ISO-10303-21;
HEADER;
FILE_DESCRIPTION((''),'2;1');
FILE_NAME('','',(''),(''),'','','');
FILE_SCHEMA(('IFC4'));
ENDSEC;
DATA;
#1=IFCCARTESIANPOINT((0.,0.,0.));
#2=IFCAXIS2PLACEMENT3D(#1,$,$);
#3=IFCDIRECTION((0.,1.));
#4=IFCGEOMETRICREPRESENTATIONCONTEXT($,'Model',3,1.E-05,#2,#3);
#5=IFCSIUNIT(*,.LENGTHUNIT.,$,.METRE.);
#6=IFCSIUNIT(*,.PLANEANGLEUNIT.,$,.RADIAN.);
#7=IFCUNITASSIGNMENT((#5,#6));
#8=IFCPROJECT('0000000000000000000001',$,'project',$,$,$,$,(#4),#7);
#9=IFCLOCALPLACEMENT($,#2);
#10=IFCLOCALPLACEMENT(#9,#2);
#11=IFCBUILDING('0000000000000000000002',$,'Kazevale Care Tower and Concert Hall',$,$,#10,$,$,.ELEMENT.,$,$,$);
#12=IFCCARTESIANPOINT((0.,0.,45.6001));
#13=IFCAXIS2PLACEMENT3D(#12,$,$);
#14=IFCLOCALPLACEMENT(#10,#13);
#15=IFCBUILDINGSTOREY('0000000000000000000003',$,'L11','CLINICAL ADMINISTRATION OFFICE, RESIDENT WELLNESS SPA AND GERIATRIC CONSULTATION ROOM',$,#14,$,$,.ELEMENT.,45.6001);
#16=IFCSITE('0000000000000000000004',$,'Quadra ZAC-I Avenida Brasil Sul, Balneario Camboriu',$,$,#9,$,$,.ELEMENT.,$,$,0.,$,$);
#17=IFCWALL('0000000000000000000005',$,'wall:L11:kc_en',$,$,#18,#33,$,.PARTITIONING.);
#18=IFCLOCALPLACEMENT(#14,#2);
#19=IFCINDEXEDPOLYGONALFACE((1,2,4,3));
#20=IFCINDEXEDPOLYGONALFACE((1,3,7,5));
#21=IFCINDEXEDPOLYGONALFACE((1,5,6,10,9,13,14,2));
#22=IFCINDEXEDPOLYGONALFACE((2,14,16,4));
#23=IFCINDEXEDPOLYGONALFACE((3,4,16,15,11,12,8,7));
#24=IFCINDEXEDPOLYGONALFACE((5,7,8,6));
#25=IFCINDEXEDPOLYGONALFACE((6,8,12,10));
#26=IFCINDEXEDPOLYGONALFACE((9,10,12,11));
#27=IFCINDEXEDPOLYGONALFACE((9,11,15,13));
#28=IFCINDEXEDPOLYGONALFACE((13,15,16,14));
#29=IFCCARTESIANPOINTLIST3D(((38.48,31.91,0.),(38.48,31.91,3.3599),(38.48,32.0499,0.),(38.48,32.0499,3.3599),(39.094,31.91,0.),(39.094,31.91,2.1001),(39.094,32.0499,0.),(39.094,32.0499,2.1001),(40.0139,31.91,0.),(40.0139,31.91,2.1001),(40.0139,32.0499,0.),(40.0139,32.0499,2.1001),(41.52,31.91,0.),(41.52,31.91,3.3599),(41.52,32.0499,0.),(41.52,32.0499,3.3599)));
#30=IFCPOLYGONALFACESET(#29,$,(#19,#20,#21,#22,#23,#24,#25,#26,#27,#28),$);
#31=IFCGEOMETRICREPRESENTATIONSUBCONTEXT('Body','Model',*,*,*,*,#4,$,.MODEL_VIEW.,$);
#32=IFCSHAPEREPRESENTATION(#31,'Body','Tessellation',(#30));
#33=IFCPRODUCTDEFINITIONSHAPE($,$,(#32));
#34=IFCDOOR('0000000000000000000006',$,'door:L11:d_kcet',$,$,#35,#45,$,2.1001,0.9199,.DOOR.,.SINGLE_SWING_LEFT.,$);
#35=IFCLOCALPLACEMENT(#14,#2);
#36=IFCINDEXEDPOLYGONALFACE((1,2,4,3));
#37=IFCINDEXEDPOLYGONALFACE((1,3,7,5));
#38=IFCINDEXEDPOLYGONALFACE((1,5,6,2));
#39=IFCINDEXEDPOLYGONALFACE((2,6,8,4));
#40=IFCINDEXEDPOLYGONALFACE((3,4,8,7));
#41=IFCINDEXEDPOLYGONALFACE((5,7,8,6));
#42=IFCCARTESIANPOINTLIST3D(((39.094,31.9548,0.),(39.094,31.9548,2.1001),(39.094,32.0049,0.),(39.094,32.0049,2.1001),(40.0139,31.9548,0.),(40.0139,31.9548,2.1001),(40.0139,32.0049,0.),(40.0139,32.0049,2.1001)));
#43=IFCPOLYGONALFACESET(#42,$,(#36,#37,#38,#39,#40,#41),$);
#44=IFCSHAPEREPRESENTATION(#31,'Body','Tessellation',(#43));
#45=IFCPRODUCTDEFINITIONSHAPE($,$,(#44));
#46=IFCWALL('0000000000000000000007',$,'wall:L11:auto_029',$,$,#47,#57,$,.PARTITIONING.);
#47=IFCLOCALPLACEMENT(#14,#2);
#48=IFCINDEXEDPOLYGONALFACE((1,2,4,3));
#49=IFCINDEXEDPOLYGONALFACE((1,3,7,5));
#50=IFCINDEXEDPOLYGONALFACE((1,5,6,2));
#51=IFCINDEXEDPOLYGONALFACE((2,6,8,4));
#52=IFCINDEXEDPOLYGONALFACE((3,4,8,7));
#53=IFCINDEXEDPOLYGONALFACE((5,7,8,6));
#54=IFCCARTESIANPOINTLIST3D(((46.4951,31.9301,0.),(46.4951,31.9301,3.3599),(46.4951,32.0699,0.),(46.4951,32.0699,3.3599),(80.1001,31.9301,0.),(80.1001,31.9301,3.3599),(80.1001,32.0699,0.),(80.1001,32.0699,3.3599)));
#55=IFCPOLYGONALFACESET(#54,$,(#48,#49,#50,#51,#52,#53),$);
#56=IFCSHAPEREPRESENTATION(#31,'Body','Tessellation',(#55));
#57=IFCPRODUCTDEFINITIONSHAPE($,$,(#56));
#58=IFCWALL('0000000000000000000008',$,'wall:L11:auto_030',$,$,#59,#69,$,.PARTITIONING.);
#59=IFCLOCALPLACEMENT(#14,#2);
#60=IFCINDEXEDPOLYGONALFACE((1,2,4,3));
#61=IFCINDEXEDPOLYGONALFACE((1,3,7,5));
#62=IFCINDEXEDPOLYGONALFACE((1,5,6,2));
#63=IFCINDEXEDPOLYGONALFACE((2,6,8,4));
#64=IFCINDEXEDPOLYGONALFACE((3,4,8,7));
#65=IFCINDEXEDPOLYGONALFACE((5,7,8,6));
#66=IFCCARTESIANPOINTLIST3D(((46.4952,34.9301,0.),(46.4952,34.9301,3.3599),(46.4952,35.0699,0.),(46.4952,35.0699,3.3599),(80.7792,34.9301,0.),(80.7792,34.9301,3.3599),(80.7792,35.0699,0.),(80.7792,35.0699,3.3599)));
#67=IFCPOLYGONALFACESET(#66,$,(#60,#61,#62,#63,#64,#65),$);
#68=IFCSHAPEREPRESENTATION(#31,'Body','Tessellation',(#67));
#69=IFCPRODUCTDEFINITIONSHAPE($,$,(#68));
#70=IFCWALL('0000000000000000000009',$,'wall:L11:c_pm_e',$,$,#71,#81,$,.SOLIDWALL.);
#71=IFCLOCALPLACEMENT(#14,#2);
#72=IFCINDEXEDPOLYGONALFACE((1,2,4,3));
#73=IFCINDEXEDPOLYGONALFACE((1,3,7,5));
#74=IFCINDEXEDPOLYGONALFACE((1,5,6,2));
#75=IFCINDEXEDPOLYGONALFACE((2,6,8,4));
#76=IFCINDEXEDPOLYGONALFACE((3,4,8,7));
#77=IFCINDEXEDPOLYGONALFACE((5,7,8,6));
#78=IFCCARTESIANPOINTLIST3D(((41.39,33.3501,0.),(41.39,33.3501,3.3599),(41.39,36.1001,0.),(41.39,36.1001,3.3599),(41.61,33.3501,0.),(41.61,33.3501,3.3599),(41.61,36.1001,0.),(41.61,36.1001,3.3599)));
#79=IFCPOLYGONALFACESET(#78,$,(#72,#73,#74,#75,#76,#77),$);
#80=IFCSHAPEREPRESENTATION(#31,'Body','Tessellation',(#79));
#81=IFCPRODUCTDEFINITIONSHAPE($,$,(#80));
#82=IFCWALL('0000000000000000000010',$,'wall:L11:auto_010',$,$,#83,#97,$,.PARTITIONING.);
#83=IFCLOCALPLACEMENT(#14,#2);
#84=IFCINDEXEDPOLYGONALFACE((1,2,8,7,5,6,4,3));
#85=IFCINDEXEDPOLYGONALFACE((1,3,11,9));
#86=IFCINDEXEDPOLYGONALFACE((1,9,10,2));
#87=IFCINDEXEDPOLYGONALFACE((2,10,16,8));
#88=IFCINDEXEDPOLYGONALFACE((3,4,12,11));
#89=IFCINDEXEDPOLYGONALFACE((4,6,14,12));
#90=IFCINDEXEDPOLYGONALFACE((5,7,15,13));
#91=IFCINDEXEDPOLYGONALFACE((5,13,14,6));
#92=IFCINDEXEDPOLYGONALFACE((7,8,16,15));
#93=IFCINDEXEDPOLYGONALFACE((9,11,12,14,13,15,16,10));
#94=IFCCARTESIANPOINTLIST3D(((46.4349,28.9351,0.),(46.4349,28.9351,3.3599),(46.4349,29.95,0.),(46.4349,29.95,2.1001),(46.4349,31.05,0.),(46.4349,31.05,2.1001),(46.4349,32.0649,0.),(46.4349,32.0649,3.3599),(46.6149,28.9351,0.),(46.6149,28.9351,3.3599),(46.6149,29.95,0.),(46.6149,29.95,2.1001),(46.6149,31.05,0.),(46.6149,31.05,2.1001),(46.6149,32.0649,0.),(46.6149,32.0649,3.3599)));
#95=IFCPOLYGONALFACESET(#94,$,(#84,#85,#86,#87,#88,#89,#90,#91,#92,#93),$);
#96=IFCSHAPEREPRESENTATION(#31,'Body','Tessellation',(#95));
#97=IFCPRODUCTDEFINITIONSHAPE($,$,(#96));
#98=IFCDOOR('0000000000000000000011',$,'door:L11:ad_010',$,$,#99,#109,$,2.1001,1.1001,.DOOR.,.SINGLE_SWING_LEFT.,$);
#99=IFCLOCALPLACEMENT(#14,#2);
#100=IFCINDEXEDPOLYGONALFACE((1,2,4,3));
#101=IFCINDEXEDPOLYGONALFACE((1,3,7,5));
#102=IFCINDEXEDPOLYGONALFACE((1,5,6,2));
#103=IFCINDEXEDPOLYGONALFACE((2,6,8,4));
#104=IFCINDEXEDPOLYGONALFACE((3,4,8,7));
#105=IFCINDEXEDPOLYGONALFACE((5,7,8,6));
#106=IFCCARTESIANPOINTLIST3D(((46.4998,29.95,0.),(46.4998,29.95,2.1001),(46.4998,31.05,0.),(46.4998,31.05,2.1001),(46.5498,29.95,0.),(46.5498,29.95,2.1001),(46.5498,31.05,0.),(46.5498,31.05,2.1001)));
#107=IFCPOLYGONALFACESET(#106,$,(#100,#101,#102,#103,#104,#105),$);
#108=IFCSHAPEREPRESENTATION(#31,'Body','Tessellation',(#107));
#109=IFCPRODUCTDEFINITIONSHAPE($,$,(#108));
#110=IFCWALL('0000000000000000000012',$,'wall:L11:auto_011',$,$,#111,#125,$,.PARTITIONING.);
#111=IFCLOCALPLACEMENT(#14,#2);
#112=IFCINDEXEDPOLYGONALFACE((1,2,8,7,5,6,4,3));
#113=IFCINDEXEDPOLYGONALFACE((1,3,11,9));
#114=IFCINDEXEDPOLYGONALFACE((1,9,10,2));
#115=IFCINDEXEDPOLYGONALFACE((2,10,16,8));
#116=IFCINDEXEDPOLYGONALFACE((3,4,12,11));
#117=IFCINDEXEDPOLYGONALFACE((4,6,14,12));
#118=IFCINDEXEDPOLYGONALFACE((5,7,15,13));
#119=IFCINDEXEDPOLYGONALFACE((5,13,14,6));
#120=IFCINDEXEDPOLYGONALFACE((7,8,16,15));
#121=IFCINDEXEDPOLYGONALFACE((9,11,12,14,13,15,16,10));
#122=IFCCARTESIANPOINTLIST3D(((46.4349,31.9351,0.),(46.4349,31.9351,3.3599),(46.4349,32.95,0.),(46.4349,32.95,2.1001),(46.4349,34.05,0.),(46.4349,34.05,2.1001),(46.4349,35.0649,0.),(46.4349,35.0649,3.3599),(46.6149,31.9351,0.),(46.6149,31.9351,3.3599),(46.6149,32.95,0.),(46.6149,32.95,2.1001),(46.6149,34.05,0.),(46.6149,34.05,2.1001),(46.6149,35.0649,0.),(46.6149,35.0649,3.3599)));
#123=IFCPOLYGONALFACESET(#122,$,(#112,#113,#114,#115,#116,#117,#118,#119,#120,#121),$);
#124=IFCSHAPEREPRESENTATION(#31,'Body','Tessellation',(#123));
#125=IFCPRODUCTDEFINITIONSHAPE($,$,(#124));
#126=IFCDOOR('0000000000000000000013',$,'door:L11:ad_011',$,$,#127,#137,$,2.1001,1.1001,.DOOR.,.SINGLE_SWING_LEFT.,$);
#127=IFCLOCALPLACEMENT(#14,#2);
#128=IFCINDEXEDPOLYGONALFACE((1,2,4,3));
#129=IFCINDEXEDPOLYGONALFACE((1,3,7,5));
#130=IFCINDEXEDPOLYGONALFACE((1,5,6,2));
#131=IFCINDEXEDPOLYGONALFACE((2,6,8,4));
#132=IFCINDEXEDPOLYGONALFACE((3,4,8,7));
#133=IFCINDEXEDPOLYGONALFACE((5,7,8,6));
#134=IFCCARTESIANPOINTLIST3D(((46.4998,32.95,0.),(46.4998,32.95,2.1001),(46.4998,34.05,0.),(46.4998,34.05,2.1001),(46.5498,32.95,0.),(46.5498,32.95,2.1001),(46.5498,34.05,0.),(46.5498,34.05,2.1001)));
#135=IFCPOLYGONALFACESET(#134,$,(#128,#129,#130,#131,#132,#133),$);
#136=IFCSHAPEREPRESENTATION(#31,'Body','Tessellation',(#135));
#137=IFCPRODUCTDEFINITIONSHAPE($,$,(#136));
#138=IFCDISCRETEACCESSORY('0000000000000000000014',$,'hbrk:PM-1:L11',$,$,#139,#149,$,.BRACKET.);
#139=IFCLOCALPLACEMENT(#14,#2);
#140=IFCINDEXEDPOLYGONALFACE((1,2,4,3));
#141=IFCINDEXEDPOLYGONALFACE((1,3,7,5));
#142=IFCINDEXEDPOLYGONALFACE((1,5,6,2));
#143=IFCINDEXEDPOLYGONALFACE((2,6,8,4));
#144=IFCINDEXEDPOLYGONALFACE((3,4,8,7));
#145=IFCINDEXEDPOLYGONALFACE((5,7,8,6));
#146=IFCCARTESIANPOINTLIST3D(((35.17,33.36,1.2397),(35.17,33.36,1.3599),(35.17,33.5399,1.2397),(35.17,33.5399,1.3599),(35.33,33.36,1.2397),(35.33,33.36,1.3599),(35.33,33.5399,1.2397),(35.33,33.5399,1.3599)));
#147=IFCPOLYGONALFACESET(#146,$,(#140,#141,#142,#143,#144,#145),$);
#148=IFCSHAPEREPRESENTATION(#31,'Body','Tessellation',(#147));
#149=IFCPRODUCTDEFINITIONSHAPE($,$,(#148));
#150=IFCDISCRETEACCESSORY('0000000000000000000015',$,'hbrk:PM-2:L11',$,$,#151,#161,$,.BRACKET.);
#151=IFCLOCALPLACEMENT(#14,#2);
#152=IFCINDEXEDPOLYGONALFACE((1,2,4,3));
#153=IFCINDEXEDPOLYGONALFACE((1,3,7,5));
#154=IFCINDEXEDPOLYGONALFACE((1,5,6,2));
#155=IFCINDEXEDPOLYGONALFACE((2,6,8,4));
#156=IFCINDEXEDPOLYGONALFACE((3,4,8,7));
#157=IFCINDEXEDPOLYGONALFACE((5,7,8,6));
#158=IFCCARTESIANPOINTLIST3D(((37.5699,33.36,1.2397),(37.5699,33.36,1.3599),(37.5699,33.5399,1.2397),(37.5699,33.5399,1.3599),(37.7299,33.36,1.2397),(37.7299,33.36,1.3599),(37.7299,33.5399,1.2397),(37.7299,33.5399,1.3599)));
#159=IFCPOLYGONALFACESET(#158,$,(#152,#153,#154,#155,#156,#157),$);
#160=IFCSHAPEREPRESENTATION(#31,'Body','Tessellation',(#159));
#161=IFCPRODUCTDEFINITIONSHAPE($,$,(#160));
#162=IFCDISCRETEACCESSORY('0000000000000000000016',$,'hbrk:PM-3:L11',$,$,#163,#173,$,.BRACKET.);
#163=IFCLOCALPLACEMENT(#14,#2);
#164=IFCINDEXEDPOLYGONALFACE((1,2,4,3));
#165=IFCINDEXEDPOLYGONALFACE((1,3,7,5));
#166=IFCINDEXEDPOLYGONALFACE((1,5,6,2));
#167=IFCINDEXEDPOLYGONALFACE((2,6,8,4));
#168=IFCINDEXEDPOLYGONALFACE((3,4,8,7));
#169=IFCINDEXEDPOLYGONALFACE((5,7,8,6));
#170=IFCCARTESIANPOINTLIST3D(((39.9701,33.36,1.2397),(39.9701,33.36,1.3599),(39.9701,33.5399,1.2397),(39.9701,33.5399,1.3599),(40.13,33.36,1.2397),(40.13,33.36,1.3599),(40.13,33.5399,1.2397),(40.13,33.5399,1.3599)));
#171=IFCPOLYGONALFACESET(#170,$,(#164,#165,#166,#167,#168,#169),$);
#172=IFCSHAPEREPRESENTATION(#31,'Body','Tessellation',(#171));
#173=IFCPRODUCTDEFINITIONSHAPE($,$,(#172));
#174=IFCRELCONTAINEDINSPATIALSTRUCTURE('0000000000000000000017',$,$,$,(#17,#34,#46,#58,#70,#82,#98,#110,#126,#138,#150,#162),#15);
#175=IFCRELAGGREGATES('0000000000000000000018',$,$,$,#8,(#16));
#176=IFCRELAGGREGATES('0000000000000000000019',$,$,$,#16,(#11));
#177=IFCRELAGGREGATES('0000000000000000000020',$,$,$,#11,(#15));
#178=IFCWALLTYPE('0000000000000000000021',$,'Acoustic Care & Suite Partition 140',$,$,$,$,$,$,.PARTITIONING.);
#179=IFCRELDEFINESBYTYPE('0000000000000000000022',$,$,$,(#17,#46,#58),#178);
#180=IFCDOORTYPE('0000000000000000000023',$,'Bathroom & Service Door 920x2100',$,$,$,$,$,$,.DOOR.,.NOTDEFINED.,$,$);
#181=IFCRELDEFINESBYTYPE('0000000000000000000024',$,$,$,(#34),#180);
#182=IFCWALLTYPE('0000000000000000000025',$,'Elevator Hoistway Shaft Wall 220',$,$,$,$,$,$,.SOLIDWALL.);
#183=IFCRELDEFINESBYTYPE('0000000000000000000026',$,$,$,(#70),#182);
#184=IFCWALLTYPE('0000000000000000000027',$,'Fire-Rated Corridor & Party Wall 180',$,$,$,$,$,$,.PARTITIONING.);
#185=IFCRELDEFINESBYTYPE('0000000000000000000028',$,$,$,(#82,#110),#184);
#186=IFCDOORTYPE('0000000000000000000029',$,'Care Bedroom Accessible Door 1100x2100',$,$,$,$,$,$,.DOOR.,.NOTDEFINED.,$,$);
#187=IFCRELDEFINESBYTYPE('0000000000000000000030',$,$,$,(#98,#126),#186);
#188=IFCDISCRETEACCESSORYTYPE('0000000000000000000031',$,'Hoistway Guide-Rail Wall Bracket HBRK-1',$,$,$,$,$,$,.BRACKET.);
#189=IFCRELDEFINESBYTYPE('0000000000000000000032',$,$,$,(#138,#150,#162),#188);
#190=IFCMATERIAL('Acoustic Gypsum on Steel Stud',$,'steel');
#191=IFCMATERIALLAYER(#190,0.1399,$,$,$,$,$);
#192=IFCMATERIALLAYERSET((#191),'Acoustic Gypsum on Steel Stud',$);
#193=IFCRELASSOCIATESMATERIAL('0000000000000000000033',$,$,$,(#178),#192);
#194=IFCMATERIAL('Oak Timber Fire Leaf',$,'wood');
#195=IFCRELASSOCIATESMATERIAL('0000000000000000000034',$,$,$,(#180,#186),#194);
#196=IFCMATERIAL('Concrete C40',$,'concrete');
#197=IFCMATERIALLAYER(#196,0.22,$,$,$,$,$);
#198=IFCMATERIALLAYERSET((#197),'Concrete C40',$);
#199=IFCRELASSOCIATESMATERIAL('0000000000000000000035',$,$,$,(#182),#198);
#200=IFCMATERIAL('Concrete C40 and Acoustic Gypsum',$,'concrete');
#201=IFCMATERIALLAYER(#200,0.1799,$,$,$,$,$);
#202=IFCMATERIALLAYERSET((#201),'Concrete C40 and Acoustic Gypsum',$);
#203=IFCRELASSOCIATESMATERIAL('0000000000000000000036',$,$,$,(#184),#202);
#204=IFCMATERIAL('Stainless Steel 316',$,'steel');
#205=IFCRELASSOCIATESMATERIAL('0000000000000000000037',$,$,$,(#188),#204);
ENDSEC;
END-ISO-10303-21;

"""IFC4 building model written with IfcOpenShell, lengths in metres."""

from ifc_helpers import new_model, si_unit, direction, frame, frame_2d, origin, origin_2d, place, context, subcontext, project, spatial, rectangle, extrude, material, layer, layer_set, type_object, element, fill, save


model = new_model("IFC4")

# Units and contexts
model_context = context("Model", 3, precision=1e-05, world=origin(), true_north=direction((0.0, 1.0)))
body_context = subcontext(model_context, "Body", "Model", "MODEL_VIEW")
ifc_project = project(units=[si_unit("LENGTHUNIT", "METRE"), si_unit("PLANEANGLEUNIT", "RADIAN")], contexts=[model_context])

# Site, building, storey
site_placement = place(None, origin())
site = spatial("IfcSite", under=ifc_project, at=site_placement, Name="Quadra ZAC-I Avenida Brasil Sul, Balneario Camboriu", CompositionType="ELEMENT", RefElevation=0.0)
building_placement = place(site_placement, origin())
building = spatial("IfcBuilding", under=site, at=building_placement, Name="Kazevale Care Tower and Concert Hall", CompositionType="ELEMENT")
storey_placement = place(building_placement, frame((0.0, 0.0, 45.6001)))
storey = spatial("IfcBuildingStorey", under=building, at=storey_placement, Name="L11", Description="CLINICAL ADMINISTRATION OFFICE, RESIDENT WELLNESS SPA AND GERIATRIC CONSULTATION ROOM", CompositionType="ELEMENT", Elevation=45.6001)

# Wall, opening, door
ifc_material_1 = material(Name="Acoustic Gypsum on Steel Stud", Category="steel")
ifc_layer_1 = layer(ifc_material_1, 0.1399)
ifc_layer_set_1 = layer_set([ifc_layer_1], Name="Acoustic Gypsum on Steel Stud")
wall_type_1 = type_object("IfcWallType", Name="Acoustic Care & Suite Partition 140", PredefinedType="PARTITIONING", material=ifc_layer_set_1)
ifc_material_2 = material(Name="Oak Timber Fire Leaf", Category="wood")
door_type_1 = type_object("IfcDoorType", Name="Bathroom & Service Door 920x2100", OperationType="NOTDEFINED", PredefinedType="DOOR", material=ifc_material_2)
wall_1_placement = place(storey_placement, frame((38.48, 31.98, 0.0), z_axis=(0.0, 0.0, 1.0), x_axis=(1.0, 0.0, 0.0)))
wall_1 = element("IfcWall", 1, at=wall_1_placement, inside=storey, type_object=wall_type_1, Name="wall:L11:kc_en", PredefinedType="PARTITIONING", context=body_context, shape_type="SweptSolid", body=[
    extrude(rectangle(XDim=3.04, YDim=0.1399, at=frame_2d((1.52, 0.0))), origin(), (0.0, 0.0, 1.0), 3.3599),
])
opening_1_placement = place(wall_1_placement, frame((0.614, 0.0, 0.0)))
opening_1 = element("IfcOpeningElement", 2, at=opening_1_placement, cuts=wall_1, PredefinedType="OPENING", context=body_context, shape_type="SweptSolid", body=[
    extrude(rectangle(XDim=0.9199, YDim=2.1001, at=frame_2d((0.46, 1.05))), frame((0.0, 0.0798, 0.0), z_axis=(0.0, -1.0, 0.0), x_axis=(1.0, 0.0, 0.0)), (0.0, 0.0, 1.0), 0.1599),
])
door_1_placement = place(opening_1_placement, origin())
door_1 = element("IfcDoor", 3, at=door_1_placement, inside=storey, type_object=door_type_1, Name="door:L11:d_kcet", OperationType="SINGLE_SWING_LEFT", OverallHeight=2.1001, OverallWidth=0.9199, PredefinedType="DOOR", context=body_context, shape_type="SweptSolid", body=[
    extrude(rectangle(XDim=0.9199, YDim=2.1001, at=frame_2d((0.46, 1.05))), frame((0.0, 0.0249, 0.0), z_axis=(0.0, -1.0, 0.0), x_axis=(1.0, 0.0, 0.0)), (0.0, 0.0, 1.0), 0.05),
])
fill(opening_1, door_1)

# Walls
wall_2_placement = place(storey_placement, frame((46.4951, 32.0, 0.0), z_axis=(0.0, 0.0, 1.0), x_axis=(1.0, 0.0, 0.0)))
element("IfcWall", 4, at=wall_2_placement, inside=storey, type_object=wall_type_1, Name="wall:L11:auto_029", PredefinedType="PARTITIONING", context=body_context, shape_type="SweptSolid", body=[
    extrude(rectangle(XDim=33.605, YDim=0.1399, at=frame_2d((16.8025, 0.0))), origin(), (0.0, 0.0, 1.0), 3.3599),
])
wall_3_placement = place(storey_placement, frame((46.4951, 35.0, 0.0), z_axis=(0.0, 0.0, 1.0), x_axis=(1.0, 0.0, 0.0)))
element("IfcWall", 5, at=wall_3_placement, inside=storey, type_object=wall_type_1, Name="wall:L11:auto_030", PredefinedType="PARTITIONING", context=body_context, shape_type="SweptSolid", body=[
    extrude(rectangle(XDim=34.2839, YDim=0.1399, at=frame_2d((17.1421, 0.0))), origin(), (0.0, 0.0, 1.0), 3.3599),
])
ifc_material_3 = material(Name="Concrete C40", Category="concrete")
ifc_layer_2 = layer(ifc_material_3, 0.22)
ifc_layer_set_2 = layer_set([ifc_layer_2], Name="Concrete C40")
wall_type_2 = type_object("IfcWallType", Name="Elevator Hoistway Shaft Wall 220", PredefinedType="SOLIDWALL", material=ifc_layer_set_2)
wall_4_placement = place(storey_placement, frame((41.5, 33.3501, 0.0), z_axis=(0.0, 0.0, 1.0), x_axis=(0.0, 1.0, 0.0)))
element("IfcWall", 6, at=wall_4_placement, inside=storey, type_object=wall_type_2, Name="wall:L11:c_pm_e", PredefinedType="SOLIDWALL", context=body_context, shape_type="SweptSolid", body=[
    extrude(rectangle(XDim=2.75, YDim=0.22, at=frame_2d((1.375, 0.0))), origin(), (0.0, 0.0, 1.0), 3.3599),
])

# Walls, openings, doors
ifc_material_4 = material(Name="Concrete C40 and Acoustic Gypsum", Category="concrete")
ifc_layer_3 = layer(ifc_material_4, 0.1799)
ifc_layer_set_3 = layer_set([ifc_layer_3], Name="Concrete C40 and Acoustic Gypsum")
wall_type_3 = type_object("IfcWallType", Name="Fire-Rated Corridor & Party Wall 180", PredefinedType="PARTITIONING", material=ifc_layer_set_3)
wall_5_placement = place(storey_placement, frame((46.5249, 32.0649, 0.0), z_axis=(0.0, 0.0, 1.0), x_axis=(0.0, -1.0, 0.0)))
wall_5 = element("IfcWall", 7, at=wall_5_placement, inside=storey, type_object=wall_type_3, Name="wall:L11:auto_010", PredefinedType="PARTITIONING", context=body_context, shape_type="SweptSolid", body=[
    extrude(rectangle(XDim=3.1299, YDim=0.1799, at=frame_2d((1.5649, 0.0))), origin(), (0.0, 0.0, 1.0), 3.3599),
])
opening_2_placement = place(wall_5_placement, frame((1.0149, 0.0, 0.0)))
opening_2 = element("IfcOpeningElement", 8, at=opening_2_placement, cuts=wall_5, PredefinedType="OPENING", context=body_context, shape_type="SweptSolid", body=[
    extrude(rectangle(XDim=1.1001, YDim=2.1001, at=frame_2d((0.55, 1.05))), frame((0.0, 0.0999, 0.0), z_axis=(0.0, -1.0, 0.0), x_axis=(1.0, 0.0, 0.0)), (0.0, 0.0, 1.0), 0.2),
])
door_type_2 = type_object("IfcDoorType", Name="Care Bedroom Accessible Door 1100x2100", OperationType="NOTDEFINED", PredefinedType="DOOR", material=ifc_material_2)
door_2_placement = place(opening_2_placement, origin())
door_2 = element("IfcDoor", 9, at=door_2_placement, inside=storey, type_object=door_type_2, Name="door:L11:ad_010", OperationType="SINGLE_SWING_LEFT", OverallHeight=2.1001, OverallWidth=1.1001, PredefinedType="DOOR", context=body_context, shape_type="SweptSolid", body=[
    extrude(rectangle(XDim=1.1001, YDim=2.1001, at=frame_2d((0.55, 1.05))), frame((0.0, 0.0249, 0.0), z_axis=(0.0, -1.0, 0.0), x_axis=(1.0, 0.0, 0.0)), (0.0, 0.0, 1.0), 0.05),
])
fill(opening_2, door_2)
wall_6_placement = place(storey_placement, frame((46.5249, 35.0649, 0.0), z_axis=(0.0, 0.0, 1.0), x_axis=(0.0, -1.0, 0.0)))
wall_6 = element("IfcWall", 10, at=wall_6_placement, inside=storey, type_object=wall_type_3, Name="wall:L11:auto_011", PredefinedType="PARTITIONING", context=body_context, shape_type="SweptSolid", body=[
    extrude(rectangle(XDim=3.1299, YDim=0.1799, at=frame_2d((1.5649, 0.0))), origin(), (0.0, 0.0, 1.0), 3.3599),
])
opening_3_placement = place(wall_6_placement, frame((1.0149, 0.0, 0.0)))
opening_3 = element("IfcOpeningElement", 11, at=opening_3_placement, cuts=wall_6, PredefinedType="OPENING", context=body_context, shape_type="SweptSolid", body=[
    extrude(rectangle(XDim=1.1001, YDim=2.1001, at=frame_2d((0.55, 1.05))), frame((0.0, 0.0999, 0.0), z_axis=(0.0, -1.0, 0.0), x_axis=(1.0, 0.0, 0.0)), (0.0, 0.0, 1.0), 0.2),
])
door_3_placement = place(opening_3_placement, origin())
door_3 = element("IfcDoor", 12, at=door_3_placement, inside=storey, type_object=door_type_2, Name="door:L11:ad_011", OperationType="SINGLE_SWING_LEFT", OverallHeight=2.1001, OverallWidth=1.1001, PredefinedType="DOOR", context=body_context, shape_type="SweptSolid", body=[
    extrude(rectangle(XDim=1.1001, YDim=2.1001, at=frame_2d((0.55, 1.05))), frame((0.0, 0.0249, 0.0), z_axis=(0.0, -1.0, 0.0), x_axis=(1.0, 0.0, 0.0)), (0.0, 0.0, 1.0), 0.05),
])
fill(opening_3, door_3)

# Discrete accessories
ifc_material_5 = material(Name="Stainless Steel 316", Category="steel")
discrete_accessory_type = type_object("IfcDiscreteAccessoryType", Name="Hoistway Guide-Rail Wall Bracket HBRK-1", PredefinedType="BRACKET", material=ifc_material_5)
for number, where, z_axis, x_axis, name in (
    (13, (35.25, 33.45, 1.2397), (0.0, 0.0, 1.0), (1.0, 0.0, 0.0), "hbrk:PM-1:L11"),
    (14, (37.6499, 33.45, 1.2397), (0.0, 0.0, 1.0), (1.0, 0.0, 0.0), "hbrk:PM-2:L11"),
    (15, (40.05, 33.45, 1.2397), (0.0, 0.0, 1.0), (1.0, 0.0, 0.0), "hbrk:PM-3:L11"),
):
    element("IfcDiscreteAccessory", number, at=place(storey_placement, frame(where, z_axis=z_axis, x_axis=x_axis)), inside=storey, type_object=discrete_accessory_type, Name=name, PredefinedType="BRACKET", context=body_context, shape_type="SweptSolid", body=[
        extrude(rectangle(XDim=0.1599, YDim=0.1799, at=origin_2d()), origin(), (0.0, 0.0, 1.0), 0.1201),
    ])

save(model, "model.ifc")
